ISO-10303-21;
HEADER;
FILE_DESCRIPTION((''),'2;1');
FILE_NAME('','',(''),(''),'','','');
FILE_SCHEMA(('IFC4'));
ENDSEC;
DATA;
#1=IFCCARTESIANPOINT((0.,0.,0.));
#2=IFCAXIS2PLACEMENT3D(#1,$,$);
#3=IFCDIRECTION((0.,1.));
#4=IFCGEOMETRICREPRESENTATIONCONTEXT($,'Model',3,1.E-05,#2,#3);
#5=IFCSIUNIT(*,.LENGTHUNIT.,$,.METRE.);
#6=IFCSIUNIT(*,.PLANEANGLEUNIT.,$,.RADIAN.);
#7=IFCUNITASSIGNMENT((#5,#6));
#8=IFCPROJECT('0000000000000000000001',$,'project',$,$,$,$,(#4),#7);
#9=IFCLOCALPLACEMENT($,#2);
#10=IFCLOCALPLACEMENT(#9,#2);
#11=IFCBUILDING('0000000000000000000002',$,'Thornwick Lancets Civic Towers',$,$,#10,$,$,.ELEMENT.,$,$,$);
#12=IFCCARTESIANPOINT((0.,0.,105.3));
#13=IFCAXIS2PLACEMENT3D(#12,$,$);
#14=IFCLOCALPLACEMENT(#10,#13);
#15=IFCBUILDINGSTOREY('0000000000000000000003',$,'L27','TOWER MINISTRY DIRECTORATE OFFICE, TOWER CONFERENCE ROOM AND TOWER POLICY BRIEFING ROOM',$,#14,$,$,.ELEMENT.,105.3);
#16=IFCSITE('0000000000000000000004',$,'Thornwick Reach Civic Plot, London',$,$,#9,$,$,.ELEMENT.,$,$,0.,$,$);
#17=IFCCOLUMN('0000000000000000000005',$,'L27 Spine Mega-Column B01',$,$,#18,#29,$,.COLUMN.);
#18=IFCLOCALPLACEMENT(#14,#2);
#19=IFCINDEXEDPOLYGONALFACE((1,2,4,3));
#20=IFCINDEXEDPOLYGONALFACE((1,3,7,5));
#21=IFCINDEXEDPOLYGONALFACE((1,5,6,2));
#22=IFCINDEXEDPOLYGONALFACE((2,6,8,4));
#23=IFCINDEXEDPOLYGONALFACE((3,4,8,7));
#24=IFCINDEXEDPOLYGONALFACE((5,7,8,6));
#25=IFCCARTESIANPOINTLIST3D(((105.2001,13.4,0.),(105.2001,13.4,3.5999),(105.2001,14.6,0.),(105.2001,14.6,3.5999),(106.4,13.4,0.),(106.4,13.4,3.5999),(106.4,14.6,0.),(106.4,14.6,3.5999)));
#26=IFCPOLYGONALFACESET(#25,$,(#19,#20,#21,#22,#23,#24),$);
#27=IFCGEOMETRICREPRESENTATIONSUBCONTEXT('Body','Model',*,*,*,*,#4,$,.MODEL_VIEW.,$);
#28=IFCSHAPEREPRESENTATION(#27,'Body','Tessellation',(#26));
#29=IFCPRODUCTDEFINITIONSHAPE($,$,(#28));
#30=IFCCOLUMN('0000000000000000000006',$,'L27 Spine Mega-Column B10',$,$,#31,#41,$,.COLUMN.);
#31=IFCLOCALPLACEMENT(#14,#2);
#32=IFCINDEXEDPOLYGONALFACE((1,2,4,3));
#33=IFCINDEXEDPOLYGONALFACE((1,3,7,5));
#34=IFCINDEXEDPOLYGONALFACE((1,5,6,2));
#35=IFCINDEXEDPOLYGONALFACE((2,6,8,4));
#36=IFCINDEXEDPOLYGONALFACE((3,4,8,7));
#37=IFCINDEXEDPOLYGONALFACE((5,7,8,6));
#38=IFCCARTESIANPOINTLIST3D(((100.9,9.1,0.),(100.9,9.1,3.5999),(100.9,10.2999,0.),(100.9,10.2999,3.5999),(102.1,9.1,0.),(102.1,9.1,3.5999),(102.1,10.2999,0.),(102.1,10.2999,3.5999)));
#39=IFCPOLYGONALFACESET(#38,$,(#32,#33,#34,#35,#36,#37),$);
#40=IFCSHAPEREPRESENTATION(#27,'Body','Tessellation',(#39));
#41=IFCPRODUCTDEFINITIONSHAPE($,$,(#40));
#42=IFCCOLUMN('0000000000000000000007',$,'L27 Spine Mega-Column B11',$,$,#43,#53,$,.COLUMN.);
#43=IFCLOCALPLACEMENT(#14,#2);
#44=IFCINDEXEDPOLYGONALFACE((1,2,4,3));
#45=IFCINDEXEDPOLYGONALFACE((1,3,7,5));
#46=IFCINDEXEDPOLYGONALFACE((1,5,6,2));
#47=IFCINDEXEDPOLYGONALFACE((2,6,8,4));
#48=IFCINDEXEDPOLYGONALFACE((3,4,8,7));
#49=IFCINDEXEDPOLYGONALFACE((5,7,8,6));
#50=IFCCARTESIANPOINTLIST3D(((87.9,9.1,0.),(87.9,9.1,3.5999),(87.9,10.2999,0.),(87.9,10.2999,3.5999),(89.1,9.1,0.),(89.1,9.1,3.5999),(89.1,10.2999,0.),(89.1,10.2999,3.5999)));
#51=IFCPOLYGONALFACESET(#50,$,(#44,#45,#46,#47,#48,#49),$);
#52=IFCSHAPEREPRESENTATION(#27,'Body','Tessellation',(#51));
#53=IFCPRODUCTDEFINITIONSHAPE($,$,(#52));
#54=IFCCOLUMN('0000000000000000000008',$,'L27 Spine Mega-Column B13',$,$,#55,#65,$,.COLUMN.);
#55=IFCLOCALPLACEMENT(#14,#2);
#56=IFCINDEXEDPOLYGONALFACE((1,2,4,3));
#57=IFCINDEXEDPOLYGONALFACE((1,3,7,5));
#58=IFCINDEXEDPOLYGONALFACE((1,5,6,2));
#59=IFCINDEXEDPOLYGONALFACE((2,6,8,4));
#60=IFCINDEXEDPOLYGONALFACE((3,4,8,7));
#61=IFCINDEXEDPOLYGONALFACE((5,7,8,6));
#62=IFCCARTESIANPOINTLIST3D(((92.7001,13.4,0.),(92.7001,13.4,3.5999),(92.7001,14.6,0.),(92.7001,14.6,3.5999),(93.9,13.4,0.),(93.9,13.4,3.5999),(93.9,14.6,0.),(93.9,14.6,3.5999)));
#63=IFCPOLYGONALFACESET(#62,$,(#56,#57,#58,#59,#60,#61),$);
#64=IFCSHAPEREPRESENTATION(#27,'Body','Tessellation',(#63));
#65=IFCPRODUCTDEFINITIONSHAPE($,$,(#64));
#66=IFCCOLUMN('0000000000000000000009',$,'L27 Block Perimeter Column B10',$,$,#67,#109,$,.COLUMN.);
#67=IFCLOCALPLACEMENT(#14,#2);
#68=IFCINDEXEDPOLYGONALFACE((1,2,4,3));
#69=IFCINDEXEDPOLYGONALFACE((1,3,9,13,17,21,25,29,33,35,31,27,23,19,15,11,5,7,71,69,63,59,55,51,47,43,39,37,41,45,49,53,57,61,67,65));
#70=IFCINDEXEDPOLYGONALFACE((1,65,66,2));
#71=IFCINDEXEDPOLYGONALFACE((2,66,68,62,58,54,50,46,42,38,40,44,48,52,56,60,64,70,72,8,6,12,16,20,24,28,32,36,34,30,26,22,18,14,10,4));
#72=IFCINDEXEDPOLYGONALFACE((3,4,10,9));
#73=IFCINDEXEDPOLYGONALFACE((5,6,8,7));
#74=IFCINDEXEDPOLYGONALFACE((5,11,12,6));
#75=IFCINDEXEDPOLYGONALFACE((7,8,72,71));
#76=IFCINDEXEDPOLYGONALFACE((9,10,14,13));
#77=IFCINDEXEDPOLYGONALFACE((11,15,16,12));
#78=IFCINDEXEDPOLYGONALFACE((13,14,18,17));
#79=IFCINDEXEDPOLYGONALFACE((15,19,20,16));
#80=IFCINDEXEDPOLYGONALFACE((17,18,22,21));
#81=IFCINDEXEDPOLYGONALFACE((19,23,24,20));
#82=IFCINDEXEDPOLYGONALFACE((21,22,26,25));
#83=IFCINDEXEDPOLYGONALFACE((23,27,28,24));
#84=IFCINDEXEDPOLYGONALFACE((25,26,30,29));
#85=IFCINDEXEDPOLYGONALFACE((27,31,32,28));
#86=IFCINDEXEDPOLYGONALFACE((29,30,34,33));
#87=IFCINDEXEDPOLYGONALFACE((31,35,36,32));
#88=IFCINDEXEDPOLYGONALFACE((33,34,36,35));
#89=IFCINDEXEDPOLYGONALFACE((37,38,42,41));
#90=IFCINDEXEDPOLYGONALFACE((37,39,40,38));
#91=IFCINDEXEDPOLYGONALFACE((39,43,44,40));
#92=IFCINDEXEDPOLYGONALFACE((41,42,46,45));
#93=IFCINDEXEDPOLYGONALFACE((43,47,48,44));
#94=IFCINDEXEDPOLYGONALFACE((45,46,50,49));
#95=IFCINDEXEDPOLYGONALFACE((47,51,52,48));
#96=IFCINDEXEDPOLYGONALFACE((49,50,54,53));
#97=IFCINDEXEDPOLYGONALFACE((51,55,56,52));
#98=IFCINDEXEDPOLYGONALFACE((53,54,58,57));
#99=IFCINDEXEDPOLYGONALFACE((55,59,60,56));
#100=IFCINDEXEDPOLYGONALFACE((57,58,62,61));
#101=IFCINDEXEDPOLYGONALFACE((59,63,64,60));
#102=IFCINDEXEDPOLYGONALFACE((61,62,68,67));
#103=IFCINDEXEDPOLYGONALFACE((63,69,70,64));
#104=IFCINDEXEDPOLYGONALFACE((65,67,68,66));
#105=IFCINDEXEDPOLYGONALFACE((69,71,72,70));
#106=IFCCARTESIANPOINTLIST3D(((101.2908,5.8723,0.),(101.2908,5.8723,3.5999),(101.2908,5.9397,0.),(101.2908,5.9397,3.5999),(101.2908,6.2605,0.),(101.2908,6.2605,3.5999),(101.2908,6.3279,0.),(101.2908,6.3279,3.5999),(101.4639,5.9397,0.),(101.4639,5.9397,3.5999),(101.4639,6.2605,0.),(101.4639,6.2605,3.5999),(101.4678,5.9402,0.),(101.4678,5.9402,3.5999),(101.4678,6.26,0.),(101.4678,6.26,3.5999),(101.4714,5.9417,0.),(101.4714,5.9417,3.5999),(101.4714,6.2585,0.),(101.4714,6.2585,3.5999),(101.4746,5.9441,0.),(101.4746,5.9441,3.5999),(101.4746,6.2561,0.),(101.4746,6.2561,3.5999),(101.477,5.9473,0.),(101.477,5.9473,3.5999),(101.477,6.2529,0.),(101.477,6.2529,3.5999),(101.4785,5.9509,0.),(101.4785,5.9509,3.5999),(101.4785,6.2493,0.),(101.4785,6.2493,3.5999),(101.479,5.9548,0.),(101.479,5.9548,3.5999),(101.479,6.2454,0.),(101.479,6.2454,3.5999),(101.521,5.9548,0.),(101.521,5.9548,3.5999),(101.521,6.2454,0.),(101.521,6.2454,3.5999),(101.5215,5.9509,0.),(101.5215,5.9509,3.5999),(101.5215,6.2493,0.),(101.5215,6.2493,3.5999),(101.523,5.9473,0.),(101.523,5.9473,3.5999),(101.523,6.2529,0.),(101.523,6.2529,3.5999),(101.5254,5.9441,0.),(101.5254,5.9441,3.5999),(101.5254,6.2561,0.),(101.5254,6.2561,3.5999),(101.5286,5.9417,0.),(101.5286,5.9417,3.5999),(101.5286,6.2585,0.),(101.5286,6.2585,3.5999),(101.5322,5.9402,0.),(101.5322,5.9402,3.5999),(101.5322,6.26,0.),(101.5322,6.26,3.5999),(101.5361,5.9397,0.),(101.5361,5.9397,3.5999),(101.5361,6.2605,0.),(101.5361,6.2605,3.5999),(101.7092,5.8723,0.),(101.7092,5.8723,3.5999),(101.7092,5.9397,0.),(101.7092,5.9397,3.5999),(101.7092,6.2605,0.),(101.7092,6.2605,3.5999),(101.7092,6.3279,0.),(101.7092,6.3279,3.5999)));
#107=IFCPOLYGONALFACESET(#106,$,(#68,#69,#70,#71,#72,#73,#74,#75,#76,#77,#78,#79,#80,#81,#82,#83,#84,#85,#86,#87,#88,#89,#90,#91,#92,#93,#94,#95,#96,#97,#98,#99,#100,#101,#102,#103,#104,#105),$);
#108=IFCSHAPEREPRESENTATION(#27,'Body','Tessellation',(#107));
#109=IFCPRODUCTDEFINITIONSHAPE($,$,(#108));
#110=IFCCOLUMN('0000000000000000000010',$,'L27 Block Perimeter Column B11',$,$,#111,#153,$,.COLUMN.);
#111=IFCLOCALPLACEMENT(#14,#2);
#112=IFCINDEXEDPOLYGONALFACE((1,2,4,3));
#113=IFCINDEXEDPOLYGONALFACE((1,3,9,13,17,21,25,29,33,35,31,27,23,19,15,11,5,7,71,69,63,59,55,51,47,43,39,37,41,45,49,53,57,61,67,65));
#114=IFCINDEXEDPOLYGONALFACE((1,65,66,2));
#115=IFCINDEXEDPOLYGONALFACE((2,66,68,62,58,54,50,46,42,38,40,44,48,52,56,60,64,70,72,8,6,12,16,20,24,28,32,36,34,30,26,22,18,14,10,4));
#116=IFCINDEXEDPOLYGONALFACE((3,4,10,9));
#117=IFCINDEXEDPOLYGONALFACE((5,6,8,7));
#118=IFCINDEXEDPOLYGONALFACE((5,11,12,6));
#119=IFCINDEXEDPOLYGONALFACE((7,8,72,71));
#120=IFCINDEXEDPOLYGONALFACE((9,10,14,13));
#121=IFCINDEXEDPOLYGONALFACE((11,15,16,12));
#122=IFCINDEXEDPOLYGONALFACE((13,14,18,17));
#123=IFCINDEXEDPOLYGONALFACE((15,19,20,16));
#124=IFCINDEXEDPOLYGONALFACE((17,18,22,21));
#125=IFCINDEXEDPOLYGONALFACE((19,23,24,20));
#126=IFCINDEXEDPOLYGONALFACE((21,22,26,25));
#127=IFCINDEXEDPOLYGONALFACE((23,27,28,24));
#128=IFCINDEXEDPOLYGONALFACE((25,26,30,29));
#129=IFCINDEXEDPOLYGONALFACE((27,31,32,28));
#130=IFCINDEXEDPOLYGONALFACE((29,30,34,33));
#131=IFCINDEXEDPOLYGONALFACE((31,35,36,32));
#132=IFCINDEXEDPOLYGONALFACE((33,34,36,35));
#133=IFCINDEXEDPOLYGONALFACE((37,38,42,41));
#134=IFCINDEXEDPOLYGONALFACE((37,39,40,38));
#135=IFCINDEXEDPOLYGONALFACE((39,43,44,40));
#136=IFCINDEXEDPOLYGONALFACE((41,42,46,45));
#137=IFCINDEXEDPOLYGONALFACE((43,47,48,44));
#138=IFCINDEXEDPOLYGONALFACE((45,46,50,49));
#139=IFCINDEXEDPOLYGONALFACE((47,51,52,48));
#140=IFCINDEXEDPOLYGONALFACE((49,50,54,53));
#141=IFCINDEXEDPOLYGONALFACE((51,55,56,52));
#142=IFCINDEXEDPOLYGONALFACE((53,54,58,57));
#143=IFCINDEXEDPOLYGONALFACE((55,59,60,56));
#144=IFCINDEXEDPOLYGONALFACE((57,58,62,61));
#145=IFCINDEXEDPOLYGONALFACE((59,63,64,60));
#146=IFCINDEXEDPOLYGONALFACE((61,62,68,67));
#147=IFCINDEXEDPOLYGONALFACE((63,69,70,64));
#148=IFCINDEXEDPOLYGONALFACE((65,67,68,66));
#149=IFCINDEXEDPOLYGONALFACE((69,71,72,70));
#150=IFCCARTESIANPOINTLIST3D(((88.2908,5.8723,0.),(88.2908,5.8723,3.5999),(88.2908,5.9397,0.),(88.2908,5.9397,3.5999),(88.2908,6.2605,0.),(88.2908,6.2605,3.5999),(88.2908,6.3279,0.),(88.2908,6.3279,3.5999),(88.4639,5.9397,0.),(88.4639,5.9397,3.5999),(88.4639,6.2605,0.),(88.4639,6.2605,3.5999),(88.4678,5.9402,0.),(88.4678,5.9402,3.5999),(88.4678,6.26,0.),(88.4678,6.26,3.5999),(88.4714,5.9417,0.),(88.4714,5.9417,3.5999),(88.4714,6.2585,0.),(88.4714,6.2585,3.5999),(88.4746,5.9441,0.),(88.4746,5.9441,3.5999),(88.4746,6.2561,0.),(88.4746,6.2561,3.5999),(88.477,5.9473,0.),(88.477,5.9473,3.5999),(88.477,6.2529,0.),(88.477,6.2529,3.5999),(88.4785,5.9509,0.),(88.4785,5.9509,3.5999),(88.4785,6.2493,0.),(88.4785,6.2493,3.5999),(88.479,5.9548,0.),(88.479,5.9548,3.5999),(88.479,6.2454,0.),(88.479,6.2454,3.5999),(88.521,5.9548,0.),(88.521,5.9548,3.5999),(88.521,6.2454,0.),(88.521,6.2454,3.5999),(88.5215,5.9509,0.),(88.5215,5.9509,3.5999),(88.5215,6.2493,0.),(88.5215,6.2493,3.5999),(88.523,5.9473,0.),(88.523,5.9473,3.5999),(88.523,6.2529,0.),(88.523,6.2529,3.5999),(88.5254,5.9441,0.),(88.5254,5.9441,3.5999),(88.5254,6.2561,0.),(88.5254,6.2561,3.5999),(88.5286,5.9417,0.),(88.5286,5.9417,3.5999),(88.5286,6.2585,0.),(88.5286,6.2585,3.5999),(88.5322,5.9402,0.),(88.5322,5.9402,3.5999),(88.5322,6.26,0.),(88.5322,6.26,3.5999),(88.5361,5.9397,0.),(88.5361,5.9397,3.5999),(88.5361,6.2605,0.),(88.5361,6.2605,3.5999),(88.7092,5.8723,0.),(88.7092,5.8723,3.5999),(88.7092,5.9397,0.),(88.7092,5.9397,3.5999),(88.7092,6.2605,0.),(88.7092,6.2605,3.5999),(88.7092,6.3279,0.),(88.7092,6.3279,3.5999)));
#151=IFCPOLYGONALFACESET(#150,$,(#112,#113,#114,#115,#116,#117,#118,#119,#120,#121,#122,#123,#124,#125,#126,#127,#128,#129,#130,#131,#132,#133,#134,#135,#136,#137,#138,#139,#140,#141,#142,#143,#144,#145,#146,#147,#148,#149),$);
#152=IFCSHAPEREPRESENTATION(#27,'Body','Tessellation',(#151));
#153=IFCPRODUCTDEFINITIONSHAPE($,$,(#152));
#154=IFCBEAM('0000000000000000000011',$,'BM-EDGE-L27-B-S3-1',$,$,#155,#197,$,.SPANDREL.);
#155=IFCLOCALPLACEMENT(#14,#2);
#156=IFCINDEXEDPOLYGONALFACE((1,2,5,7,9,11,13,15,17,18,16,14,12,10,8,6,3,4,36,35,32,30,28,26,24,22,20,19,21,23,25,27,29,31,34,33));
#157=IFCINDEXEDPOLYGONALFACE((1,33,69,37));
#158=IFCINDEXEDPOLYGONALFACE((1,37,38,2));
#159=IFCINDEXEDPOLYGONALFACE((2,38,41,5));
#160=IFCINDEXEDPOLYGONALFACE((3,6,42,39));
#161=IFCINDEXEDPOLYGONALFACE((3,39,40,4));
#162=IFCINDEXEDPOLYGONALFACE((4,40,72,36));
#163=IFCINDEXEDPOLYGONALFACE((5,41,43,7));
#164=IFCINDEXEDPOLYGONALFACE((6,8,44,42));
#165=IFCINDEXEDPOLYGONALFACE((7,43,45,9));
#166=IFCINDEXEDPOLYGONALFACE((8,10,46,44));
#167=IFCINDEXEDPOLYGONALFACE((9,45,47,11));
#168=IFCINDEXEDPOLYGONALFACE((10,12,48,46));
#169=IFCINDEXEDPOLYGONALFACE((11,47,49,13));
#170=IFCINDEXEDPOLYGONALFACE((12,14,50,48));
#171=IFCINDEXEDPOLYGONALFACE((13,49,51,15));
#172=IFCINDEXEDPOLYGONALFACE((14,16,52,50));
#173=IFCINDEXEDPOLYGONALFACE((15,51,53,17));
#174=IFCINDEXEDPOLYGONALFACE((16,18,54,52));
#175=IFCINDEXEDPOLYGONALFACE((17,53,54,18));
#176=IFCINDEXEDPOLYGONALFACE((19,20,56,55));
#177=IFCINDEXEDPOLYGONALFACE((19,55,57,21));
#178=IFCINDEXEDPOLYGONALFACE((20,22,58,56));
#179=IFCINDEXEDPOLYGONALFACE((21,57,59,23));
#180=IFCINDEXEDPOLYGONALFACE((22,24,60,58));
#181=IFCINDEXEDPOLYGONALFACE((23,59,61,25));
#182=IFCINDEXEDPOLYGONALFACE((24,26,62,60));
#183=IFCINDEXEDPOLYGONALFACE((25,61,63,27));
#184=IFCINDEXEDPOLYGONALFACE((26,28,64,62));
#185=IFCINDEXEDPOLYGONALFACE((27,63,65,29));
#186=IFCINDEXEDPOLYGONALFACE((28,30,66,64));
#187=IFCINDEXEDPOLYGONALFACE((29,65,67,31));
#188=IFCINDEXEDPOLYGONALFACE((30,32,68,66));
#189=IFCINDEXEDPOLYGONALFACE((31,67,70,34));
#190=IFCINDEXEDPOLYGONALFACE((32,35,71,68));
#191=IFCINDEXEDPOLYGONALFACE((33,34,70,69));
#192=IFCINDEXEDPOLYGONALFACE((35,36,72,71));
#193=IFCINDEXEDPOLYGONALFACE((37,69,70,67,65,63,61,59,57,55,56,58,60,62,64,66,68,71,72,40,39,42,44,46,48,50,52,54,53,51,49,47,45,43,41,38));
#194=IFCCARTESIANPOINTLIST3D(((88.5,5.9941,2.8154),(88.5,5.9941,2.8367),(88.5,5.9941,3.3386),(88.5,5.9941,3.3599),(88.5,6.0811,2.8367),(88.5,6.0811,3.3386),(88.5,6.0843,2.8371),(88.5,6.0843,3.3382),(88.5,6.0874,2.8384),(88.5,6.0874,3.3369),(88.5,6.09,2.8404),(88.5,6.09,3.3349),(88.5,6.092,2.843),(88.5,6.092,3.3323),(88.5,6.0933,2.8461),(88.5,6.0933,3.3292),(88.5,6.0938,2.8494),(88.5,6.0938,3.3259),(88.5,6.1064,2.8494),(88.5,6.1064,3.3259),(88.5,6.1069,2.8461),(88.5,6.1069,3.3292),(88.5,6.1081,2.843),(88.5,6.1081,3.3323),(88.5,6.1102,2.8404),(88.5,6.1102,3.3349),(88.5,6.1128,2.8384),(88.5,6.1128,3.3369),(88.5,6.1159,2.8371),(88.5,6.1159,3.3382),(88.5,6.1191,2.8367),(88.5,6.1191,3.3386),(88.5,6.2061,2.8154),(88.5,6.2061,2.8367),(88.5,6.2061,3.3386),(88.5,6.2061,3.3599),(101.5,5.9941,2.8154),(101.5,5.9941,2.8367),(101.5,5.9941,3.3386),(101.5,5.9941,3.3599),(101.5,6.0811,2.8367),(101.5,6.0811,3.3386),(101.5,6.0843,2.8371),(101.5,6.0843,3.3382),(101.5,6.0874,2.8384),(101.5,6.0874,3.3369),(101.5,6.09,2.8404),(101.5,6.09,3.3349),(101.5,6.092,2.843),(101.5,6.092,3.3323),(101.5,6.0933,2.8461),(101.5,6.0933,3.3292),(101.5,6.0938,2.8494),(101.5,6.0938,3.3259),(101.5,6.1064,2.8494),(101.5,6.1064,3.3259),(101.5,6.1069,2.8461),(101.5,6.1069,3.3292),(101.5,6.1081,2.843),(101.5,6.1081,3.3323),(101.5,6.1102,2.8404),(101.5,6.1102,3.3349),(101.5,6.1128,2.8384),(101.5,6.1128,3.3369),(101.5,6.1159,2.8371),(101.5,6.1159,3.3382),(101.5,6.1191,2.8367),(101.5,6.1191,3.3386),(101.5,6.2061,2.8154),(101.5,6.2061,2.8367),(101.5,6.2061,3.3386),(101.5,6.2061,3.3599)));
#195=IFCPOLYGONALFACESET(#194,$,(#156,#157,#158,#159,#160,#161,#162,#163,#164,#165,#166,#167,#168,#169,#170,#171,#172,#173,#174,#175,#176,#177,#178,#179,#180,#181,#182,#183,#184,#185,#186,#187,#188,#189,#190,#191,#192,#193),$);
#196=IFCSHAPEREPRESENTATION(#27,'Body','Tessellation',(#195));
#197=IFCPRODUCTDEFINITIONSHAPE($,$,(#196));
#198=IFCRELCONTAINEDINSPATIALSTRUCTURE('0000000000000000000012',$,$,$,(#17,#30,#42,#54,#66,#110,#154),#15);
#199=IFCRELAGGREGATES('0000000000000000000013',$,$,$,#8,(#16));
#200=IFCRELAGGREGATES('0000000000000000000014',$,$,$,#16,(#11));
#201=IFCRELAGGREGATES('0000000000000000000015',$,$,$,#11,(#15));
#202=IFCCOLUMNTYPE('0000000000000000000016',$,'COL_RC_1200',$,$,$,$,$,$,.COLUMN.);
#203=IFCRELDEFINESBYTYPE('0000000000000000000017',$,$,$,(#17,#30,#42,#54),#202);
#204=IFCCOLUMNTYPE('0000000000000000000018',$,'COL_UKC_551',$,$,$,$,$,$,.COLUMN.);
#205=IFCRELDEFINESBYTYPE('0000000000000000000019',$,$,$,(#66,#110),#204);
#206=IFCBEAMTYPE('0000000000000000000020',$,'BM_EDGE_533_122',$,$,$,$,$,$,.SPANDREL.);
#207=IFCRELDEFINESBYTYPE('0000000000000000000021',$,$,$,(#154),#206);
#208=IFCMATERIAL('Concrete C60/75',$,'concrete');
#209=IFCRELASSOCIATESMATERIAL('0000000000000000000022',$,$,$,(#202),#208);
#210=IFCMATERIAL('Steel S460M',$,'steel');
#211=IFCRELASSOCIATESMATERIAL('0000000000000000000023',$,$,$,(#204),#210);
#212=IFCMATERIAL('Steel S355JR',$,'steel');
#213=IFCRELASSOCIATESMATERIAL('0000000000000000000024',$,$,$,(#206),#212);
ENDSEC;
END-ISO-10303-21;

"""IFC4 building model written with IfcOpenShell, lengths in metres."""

from ifc_helpers import new_model, si_unit, direction, frame, origin, origin_2d, place, context, subcontext, project, spatial, rectangle, i_section, extrude, material, material_profile, profile_set, type_object, element, save


model = new_model("IFC4")

# Units and contexts
model_context = context("Model", 3, precision=1e-05, world=origin(), true_north=direction((0.0, 1.0)))
body_context = subcontext(model_context, "Body", "Model", "MODEL_VIEW")
ifc_project = project(units=[si_unit("LENGTHUNIT", "METRE"), si_unit("PLANEANGLEUNIT", "RADIAN")], contexts=[model_context])

# Site, building, storey
site_placement = place(None, origin())
site = spatial("IfcSite", under=ifc_project, at=site_placement, Name="Thornwick Reach Civic Plot, London", CompositionType="ELEMENT", RefElevation=0.0)
building_placement = place(site_placement, origin())
building = spatial("IfcBuilding", under=site, at=building_placement, Name="Thornwick Lancets Civic Towers", CompositionType="ELEMENT")
storey_placement = place(building_placement, frame((0.0, 0.0, 105.3)))
storey = spatial("IfcBuildingStorey", under=building, at=storey_placement, Name="L27", Description="TOWER MINISTRY DIRECTORATE OFFICE, TOWER CONFERENCE ROOM AND TOWER POLICY BRIEFING ROOM", CompositionType="ELEMENT", Elevation=105.3)

# Columns
ifc_material_1 = material(Name="Concrete C60/75", Category="concrete")
ifc_material_profile_1 = material_profile(ifc_material_1, rectangle(XDim=1.2, YDim=1.2, at=origin_2d()), Name="RC 1200x1200")
ifc_profile_set_1 = profile_set([ifc_material_profile_1], Name="Concrete C60/75")
column_type_1 = type_object("IfcColumnType", Name="COL_RC_1200", PredefinedType="COLUMN", material=ifc_profile_set_1)
for number, where, z_axis, x_axis, name in (
    (1, (105.8, 14.0, 0.0), (0.0, 0.0, 1.0), (1.0, 0.0, 0.0), "L27 Spine Mega-Column B01"),
    (2, (101.5, 9.7, 0.0), (0.0, 0.0, 1.0), (1.0, 0.0, 0.0), "L27 Spine Mega-Column B10"),
    (3, (88.5, 9.7, 0.0), (0.0, 0.0, 1.0), (1.0, 0.0, 0.0), "L27 Spine Mega-Column B11"),
    (4, (93.3, 14.0, 0.0), (0.0, 0.0, 1.0), (1.0, 0.0, 0.0), "L27 Spine Mega-Column B13"),
):
    element("IfcColumn", number, at=place(storey_placement, frame(where, z_axis=z_axis, x_axis=x_axis)), inside=storey, type_object=column_type_1, Name=name, PredefinedType="COLUMN", context=body_context, shape_type="SweptSolid", body=[
        extrude(rectangle(XDim=1.2, YDim=1.2, at=origin_2d()), origin(), (0.0, 0.0, 1.0), 3.5999),
    ])
ifc_material_2 = material(Name="Steel S460M", Category="steel")
ifc_material_profile_2 = material_profile(ifc_material_2, i_section(OverallWidth=0.4185, OverallDepth=0.4556, WebThickness=0.042, FlangeThickness=0.0674, FilletRadius=0.0151, at=origin_2d()), Name="UKC 356x406x551")
ifc_profile_set_2 = profile_set([ifc_material_profile_2], Name="Steel S460M")
column_type_2 = type_object("IfcColumnType", Name="COL_UKC_551", PredefinedType="COLUMN", material=ifc_profile_set_2)
for number, where, z_axis, x_axis, name in (
    (5, (101.5, 6.1001, 0.0), (0.0, 0.0, 1.0), (1.0, 0.0, 0.0), "L27 Block Perimeter Column B10"),
    (6, (88.5, 6.1001, 0.0), (0.0, 0.0, 1.0), (1.0, 0.0, 0.0), "L27 Block Perimeter Column B11"),
):
    element("IfcColumn", number, at=place(storey_placement, frame(where, z_axis=z_axis, x_axis=x_axis)), inside=storey, type_object=column_type_2, Name=name, PredefinedType="COLUMN", context=body_context, shape_type="SweptSolid", body=[
        extrude(i_section(OverallWidth=0.4185, OverallDepth=0.4556, WebThickness=0.042, FlangeThickness=0.0674, FilletRadius=0.0151, at=origin_2d()), origin(), (0.0, 0.0, 1.0), 3.5999),
    ])

# Beam
ifc_material_3 = material(Name="Steel S355JR", Category="steel")
ifc_material_profile_3 = material_profile(ifc_material_3, i_section(OverallWidth=0.2119, OverallDepth=0.5444, WebThickness=0.0127, FlangeThickness=0.0212, FilletRadius=0.0127, at=origin_2d()), Name="UKB 533x210x122")
ifc_profile_set_3 = profile_set([ifc_material_profile_3], Name="Steel S355JR")
beam_type_1 = type_object("IfcBeamType", Name="BM_EDGE_533_122", PredefinedType="SPANDREL", material=ifc_profile_set_3)
beam_1_placement = place(storey_placement, frame((101.5, 6.1001, 3.0876), z_axis=(-1.0, 0.0, 0.0), x_axis=(0.0, -1.0, 0.0)))
element("IfcBeam", 7, at=beam_1_placement, inside=storey, type_object=beam_type_1, Name="BM-EDGE-L27-B-S3-1", PredefinedType="SPANDREL", context=body_context, shape_type="SweptSolid", body=[
    extrude(i_section(OverallWidth=0.2119, OverallDepth=0.5444, WebThickness=0.0127, FlangeThickness=0.0212, FilletRadius=0.0127, at=origin_2d()), origin(), (0.0, 0.0, 1.0), 13.0),
])

save(model, "model.ifc")
